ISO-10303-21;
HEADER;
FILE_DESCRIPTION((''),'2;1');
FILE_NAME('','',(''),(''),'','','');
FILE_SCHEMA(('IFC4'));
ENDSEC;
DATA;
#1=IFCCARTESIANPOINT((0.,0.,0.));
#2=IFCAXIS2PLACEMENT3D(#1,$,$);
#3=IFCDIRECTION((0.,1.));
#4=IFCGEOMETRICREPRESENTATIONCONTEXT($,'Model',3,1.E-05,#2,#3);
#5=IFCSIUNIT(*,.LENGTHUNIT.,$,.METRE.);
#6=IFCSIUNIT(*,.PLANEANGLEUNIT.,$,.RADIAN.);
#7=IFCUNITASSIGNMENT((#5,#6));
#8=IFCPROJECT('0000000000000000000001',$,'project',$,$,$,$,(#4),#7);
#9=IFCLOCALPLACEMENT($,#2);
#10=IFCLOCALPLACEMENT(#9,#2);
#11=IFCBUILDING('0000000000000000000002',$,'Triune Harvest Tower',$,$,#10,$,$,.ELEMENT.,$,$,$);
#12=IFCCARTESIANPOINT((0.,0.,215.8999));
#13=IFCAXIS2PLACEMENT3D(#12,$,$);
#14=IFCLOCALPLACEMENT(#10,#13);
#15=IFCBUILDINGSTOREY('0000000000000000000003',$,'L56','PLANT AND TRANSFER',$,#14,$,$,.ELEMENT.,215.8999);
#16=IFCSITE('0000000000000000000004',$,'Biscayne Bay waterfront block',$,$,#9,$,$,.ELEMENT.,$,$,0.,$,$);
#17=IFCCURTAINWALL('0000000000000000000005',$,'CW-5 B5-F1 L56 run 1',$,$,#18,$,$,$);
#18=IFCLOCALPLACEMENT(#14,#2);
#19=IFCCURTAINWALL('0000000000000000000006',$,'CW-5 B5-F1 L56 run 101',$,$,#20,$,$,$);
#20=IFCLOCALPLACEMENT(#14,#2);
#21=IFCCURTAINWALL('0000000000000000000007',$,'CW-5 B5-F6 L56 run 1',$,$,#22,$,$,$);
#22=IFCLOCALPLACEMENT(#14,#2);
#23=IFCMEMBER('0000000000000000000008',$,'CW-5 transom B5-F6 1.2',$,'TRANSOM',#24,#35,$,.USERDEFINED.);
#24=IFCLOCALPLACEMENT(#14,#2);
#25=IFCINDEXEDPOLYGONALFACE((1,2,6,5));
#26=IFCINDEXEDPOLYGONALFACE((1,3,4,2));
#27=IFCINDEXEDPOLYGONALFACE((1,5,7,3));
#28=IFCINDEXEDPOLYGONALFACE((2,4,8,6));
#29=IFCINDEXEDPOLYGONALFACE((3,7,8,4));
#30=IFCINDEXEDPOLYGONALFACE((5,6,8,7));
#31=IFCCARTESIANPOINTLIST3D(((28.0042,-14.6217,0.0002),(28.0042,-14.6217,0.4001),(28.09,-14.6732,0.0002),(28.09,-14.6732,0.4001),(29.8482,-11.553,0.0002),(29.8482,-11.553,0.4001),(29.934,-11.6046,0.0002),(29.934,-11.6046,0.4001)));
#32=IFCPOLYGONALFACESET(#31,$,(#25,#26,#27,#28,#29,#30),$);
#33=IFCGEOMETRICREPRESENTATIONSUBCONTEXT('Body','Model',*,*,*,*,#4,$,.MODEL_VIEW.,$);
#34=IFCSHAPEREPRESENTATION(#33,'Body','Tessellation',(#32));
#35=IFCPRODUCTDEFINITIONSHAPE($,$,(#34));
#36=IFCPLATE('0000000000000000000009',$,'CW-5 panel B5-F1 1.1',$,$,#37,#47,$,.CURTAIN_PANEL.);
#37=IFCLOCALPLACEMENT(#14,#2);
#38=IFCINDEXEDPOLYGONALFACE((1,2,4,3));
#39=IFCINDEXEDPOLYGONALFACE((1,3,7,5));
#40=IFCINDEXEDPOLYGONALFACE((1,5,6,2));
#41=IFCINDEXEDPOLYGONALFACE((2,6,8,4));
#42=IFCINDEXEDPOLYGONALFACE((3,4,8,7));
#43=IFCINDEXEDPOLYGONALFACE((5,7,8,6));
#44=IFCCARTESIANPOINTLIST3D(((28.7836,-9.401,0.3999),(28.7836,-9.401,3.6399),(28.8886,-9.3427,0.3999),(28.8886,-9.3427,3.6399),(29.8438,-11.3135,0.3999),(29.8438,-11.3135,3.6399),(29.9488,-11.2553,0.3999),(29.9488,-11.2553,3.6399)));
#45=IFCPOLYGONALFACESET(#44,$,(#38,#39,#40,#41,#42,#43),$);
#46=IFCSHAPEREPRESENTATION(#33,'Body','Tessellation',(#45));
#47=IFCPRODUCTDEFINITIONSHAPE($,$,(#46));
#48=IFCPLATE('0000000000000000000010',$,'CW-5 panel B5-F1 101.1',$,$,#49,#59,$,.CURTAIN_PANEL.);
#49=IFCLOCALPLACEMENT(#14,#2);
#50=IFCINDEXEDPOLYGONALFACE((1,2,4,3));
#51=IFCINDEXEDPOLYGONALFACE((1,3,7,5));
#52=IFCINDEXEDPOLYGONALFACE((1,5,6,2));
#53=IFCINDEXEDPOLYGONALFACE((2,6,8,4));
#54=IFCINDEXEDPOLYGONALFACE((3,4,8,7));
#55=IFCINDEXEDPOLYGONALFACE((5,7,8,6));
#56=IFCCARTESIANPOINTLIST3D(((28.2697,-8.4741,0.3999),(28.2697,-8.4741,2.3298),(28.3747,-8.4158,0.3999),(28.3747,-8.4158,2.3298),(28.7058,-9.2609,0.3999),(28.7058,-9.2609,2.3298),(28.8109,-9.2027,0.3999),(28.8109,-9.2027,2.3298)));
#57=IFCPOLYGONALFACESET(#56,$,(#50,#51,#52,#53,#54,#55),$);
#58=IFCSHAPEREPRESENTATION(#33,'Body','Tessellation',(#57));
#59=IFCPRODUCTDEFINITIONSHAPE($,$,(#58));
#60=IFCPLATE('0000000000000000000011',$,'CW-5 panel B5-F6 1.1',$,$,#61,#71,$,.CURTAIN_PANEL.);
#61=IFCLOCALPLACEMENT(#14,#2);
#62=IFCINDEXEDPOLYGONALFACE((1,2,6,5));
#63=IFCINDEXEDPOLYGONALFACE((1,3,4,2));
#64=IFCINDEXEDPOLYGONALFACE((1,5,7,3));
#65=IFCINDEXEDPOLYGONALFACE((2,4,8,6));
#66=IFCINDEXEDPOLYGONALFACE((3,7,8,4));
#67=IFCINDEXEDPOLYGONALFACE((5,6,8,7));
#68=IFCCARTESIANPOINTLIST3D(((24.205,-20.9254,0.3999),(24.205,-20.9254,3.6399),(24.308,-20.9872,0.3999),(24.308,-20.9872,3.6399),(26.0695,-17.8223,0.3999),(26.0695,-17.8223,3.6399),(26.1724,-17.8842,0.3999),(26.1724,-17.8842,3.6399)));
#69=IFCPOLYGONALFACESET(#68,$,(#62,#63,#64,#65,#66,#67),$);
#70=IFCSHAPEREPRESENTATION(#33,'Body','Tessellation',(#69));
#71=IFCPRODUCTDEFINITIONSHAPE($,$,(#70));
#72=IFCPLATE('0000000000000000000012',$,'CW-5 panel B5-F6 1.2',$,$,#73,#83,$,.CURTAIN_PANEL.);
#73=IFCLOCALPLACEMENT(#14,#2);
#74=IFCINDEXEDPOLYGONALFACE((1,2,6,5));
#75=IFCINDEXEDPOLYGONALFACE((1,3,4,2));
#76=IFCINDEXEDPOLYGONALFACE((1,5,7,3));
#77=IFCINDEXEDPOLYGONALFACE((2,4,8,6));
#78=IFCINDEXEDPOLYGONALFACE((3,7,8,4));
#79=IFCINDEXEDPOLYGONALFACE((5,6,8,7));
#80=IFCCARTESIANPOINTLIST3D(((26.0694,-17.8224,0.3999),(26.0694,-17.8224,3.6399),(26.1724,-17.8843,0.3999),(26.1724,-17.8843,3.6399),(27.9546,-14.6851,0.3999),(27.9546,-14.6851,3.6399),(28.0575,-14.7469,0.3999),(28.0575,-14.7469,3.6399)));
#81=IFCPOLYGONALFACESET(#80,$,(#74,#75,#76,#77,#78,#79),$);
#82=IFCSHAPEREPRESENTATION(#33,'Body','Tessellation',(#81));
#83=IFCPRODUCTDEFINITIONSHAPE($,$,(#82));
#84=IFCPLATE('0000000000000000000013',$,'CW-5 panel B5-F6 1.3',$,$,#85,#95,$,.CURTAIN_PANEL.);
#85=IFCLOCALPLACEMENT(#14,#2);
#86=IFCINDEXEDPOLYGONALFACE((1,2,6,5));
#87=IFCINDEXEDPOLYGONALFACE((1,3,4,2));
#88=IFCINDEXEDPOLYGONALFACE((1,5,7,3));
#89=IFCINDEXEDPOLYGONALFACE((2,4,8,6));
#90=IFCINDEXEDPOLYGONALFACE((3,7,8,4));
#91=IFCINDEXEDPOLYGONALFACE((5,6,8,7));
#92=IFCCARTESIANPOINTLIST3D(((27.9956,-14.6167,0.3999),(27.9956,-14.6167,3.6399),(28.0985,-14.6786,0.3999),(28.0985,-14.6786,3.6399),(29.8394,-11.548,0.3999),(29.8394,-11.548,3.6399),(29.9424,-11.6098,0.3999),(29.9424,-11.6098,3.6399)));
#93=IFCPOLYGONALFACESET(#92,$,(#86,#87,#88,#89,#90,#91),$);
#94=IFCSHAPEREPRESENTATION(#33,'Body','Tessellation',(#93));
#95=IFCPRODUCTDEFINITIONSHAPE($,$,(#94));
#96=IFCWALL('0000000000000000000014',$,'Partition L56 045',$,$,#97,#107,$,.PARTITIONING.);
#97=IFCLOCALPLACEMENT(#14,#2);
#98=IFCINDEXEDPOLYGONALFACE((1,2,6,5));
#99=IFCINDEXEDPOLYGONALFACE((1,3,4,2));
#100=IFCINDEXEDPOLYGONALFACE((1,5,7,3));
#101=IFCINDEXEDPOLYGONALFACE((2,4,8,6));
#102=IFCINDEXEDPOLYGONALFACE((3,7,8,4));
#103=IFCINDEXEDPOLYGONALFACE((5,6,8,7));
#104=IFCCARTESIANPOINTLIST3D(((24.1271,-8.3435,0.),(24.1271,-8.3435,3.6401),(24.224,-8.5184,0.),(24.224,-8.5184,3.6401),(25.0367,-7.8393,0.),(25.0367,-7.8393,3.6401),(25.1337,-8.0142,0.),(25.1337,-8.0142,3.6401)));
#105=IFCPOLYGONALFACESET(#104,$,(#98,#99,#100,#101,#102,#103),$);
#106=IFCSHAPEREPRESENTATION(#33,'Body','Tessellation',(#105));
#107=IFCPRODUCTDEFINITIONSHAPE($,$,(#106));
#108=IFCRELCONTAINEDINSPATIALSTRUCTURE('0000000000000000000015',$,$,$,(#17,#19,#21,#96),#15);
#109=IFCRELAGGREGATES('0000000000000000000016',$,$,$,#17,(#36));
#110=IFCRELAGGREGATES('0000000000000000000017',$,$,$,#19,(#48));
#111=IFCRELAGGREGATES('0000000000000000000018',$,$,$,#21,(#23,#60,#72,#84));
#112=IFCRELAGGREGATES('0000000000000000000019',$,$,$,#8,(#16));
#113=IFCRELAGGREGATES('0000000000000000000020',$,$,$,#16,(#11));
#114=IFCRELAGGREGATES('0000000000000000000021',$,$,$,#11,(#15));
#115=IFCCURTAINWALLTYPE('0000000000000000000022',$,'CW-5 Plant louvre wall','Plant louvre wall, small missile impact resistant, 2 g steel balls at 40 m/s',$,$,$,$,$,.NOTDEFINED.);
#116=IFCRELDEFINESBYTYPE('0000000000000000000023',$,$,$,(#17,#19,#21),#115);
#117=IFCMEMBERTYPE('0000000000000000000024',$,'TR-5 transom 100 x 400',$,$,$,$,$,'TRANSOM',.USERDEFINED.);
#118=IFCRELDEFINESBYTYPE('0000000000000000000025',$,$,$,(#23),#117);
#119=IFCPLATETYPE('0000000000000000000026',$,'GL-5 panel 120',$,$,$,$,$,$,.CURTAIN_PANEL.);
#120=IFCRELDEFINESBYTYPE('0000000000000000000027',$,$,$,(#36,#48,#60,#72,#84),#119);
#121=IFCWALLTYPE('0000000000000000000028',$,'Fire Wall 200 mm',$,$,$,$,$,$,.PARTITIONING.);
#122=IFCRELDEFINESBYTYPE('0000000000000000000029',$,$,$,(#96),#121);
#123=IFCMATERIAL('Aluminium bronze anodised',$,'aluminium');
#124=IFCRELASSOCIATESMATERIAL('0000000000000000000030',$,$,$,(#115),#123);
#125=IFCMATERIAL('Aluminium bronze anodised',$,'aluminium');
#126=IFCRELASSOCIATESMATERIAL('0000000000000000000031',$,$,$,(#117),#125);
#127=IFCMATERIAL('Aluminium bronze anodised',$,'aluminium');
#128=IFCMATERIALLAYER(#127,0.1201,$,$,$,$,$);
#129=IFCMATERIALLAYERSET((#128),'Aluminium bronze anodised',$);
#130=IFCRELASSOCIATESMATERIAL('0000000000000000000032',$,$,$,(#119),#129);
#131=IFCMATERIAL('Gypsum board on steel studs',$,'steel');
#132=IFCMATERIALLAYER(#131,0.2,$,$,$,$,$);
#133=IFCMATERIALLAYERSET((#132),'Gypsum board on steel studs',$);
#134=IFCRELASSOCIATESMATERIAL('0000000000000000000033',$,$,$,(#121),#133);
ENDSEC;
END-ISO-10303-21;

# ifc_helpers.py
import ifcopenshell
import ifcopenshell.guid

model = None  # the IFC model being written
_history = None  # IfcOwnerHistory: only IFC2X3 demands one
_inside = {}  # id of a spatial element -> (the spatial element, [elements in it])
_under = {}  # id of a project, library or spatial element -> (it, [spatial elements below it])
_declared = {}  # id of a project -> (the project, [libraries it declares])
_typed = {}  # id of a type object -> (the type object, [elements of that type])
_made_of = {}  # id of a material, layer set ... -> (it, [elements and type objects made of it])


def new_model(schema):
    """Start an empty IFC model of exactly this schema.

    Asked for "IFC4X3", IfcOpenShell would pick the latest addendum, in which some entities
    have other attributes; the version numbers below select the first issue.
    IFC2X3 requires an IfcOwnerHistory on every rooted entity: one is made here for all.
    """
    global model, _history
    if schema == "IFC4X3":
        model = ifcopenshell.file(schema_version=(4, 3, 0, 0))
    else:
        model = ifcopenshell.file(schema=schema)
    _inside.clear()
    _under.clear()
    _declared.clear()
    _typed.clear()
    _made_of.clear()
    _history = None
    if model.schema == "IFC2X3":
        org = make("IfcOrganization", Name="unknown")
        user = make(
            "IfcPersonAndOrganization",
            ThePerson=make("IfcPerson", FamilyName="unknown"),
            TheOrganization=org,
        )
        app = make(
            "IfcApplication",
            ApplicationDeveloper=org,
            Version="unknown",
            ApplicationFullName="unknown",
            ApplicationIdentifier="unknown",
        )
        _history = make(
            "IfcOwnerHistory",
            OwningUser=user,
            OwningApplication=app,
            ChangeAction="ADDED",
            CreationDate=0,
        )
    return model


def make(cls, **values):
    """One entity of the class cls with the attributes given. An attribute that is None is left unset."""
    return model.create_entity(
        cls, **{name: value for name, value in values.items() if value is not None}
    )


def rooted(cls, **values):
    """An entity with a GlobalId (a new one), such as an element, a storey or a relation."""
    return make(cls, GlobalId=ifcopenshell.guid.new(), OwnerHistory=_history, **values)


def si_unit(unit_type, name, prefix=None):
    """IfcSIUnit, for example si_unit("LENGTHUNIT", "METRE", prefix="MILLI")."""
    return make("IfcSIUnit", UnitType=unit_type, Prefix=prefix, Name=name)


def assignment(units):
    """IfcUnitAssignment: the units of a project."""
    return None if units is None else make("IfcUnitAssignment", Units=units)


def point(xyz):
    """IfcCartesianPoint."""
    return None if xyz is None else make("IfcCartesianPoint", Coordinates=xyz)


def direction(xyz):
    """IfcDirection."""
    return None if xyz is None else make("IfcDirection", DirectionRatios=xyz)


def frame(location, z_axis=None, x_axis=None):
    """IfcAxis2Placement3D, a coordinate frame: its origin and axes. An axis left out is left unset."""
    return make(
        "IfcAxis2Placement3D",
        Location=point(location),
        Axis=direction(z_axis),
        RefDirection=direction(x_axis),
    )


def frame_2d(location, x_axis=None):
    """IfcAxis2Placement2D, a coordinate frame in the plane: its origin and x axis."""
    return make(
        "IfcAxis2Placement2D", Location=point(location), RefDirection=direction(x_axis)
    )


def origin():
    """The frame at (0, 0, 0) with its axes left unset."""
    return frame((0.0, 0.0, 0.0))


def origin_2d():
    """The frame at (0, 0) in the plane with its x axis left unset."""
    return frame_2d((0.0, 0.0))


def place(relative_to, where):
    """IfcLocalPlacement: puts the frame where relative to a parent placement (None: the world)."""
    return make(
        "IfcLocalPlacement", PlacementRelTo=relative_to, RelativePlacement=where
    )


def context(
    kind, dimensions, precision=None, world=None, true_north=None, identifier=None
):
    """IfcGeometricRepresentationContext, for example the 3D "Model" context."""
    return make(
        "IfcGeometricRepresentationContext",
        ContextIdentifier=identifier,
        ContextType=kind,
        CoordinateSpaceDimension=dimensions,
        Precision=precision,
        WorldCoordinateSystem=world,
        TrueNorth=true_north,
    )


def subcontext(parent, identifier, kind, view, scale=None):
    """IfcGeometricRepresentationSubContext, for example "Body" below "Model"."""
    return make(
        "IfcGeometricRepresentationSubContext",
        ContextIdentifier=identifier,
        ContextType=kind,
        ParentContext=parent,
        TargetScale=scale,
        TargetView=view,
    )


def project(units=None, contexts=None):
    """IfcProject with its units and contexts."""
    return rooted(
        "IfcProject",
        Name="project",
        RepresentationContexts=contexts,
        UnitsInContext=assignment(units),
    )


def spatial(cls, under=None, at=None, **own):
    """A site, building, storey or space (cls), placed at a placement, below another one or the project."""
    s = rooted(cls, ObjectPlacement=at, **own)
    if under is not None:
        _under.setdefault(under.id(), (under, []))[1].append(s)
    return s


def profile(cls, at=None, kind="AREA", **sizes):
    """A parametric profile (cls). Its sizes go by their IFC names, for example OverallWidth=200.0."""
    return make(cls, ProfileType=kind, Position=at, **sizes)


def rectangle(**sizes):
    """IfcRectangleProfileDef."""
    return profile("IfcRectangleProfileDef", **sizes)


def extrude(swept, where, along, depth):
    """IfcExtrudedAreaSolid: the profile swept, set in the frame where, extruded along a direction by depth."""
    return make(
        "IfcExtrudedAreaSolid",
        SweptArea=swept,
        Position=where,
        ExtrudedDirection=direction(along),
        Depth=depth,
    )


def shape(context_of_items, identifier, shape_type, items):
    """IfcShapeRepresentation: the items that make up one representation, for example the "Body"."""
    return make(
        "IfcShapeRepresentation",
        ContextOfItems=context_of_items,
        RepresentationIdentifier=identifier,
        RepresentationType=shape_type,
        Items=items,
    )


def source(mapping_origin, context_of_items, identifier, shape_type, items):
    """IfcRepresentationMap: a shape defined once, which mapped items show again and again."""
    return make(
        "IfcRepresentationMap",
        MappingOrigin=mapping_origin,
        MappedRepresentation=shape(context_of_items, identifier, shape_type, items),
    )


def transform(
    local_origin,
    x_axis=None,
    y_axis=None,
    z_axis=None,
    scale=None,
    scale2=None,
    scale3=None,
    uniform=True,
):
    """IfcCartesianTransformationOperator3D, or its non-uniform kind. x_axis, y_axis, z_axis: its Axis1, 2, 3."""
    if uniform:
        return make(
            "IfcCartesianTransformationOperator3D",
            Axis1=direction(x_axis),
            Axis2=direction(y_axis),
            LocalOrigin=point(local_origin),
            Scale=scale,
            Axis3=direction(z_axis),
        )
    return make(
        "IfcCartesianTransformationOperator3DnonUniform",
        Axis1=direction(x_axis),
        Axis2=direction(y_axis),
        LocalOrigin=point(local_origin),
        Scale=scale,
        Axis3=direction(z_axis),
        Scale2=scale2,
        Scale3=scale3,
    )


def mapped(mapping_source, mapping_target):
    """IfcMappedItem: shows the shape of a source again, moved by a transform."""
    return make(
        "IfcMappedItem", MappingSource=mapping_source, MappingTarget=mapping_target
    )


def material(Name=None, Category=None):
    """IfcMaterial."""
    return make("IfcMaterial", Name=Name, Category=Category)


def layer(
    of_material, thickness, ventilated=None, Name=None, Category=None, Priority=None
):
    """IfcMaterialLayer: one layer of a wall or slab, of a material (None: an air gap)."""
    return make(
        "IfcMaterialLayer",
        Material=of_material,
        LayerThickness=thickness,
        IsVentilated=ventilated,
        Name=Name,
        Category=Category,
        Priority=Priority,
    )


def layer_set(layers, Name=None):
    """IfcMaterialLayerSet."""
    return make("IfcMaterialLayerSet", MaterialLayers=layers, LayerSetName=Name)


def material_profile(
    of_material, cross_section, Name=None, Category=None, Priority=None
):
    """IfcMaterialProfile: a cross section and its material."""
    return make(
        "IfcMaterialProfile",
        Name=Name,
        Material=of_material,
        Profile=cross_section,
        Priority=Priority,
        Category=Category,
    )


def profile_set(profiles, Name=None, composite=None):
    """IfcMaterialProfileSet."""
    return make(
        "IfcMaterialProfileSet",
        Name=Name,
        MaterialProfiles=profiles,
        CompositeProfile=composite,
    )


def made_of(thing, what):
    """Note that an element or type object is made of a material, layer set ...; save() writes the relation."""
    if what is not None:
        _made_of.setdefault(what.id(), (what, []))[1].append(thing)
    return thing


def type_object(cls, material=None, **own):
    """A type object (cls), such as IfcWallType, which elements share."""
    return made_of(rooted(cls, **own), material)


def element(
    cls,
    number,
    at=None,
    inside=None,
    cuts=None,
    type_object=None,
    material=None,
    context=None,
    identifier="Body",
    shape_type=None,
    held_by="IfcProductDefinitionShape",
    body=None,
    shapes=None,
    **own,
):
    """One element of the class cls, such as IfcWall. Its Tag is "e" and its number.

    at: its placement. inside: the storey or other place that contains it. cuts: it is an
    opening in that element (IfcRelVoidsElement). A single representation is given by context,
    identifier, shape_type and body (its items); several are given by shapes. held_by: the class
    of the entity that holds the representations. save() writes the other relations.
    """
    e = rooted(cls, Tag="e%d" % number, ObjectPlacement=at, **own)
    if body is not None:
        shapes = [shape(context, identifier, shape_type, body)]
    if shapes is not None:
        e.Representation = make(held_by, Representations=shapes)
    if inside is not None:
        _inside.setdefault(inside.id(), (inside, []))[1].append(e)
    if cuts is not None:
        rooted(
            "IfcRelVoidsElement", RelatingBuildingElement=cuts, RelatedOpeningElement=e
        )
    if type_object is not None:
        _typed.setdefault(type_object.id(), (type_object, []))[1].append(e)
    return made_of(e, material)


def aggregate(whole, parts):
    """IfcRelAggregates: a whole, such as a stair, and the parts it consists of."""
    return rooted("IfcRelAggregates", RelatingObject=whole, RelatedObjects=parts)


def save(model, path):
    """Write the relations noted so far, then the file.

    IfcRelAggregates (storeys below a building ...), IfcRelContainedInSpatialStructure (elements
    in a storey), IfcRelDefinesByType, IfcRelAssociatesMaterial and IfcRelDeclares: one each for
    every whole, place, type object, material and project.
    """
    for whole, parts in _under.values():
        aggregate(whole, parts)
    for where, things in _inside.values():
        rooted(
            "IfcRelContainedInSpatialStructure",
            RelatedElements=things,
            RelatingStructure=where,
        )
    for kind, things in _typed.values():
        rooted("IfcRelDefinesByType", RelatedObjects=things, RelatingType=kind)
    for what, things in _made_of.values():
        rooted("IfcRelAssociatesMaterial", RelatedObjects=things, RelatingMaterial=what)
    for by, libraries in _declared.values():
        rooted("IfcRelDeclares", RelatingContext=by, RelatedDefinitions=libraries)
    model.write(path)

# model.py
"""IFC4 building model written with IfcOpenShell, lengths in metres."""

from ifc_helpers import new_model, si_unit, direction, frame, frame_2d, origin, origin_2d, place, context, subcontext, project, spatial, rectangle, extrude, source, transform, mapped, material, layer, layer_set, material_profile, profile_set, type_object, element, aggregate, save


model = new_model("IFC4")

# Units and contexts
model_context = context("Model", 3, precision=1e-05, world=origin(), true_north=direction((0.0, 1.0)))
body_context = subcontext(model_context, "Body", "Model", "MODEL_VIEW")
ifc_project = project(units=[si_unit("LENGTHUNIT", "METRE"), si_unit("PLANEANGLEUNIT", "RADIAN")], contexts=[model_context])

# Site, building, storey
site_placement = place(None, origin())
site = spatial("IfcSite", under=ifc_project, at=site_placement, Name="Biscayne Bay waterfront block", CompositionType="ELEMENT", RefElevation=0.0)
building_placement = place(site_placement, origin())
building = spatial("IfcBuilding", under=site, at=building_placement, Name="Triune Harvest Tower", CompositionType="ELEMENT")
storey_placement = place(building_placement, frame((0.0, 0.0, 215.8999)))
storey = spatial("IfcBuildingStorey", under=building, at=storey_placement, Name="L56", Description="PLANT AND TRANSFER", CompositionType="ELEMENT", Elevation=215.8999)

# Curtain walls
ifc_material_1 = material(Name="Aluminium bronze anodised", Category="aluminium")
curtain_wall_type = type_object("IfcCurtainWallType", Name="CW-5 Plant louvre wall", Description="Plant louvre wall, small missile impact resistant, 2 g steel balls at 40 m/s", PredefinedType="NOTDEFINED", material=ifc_material_1)
curtain_wall_1_placement = place(storey_placement, origin())
curtain_wall_1 = element("IfcCurtainWall", 1, at=curtain_wall_1_placement, inside=storey, type_object=curtain_wall_type, Name="CW-5 B5-F1 L56 run 1")
ifc_material_2 = material(Name="Aluminium bronze anodised", Category="aluminium")
ifc_material_profile_1 = material_profile(ifc_material_2, rectangle(XDim=0.1001, YDim=0.3999, at=origin_2d()), Name="TR-5 transom 100 x 400")
ifc_profile_set_1 = profile_set([ifc_material_profile_1], Name="Aluminium bronze anodised")
member_type_1 = type_object("IfcMemberType", Name="TR-5 transom 100 x 400", ElementType="TRANSOM", PredefinedType="USERDEFINED", material=ifc_profile_set_1)
curtain_wall_2_placement = place(storey_placement, origin())
curtain_wall_2 = element("IfcCurtainWall", 2, at=curtain_wall_2_placement, inside=storey, type_object=curtain_wall_type, Name="CW-5 B5-F1 L56 run 101")
curtain_wall_3_placement = place(storey_placement, origin())
curtain_wall_3 = element("IfcCurtainWall", 3, at=curtain_wall_3_placement, inside=storey, type_object=curtain_wall_type, Name="CW-5 B5-F6 L56 run 1")

# Member
shared_shape_1 = source(origin(), body_context, "Body", "SweptSolid", [
    extrude(rectangle(XDim=0.1001, YDim=0.3999, at=origin_2d()), origin(), (0.0, 0.0, 1.0), 3.5801),
])
member_1_placement = place(storey_placement, frame((28.0471, -14.6475, 0.2002), z_axis=(0.515077, 0.857144, 0.0), x_axis=(-0.857144, 0.515077, 0.0)))
member_1 = element("IfcMember", 4, at=member_1_placement, type_object=member_type_1, Name="CW-5 transom B5-F6 1.2", ObjectType="TRANSOM", PredefinedType="USERDEFINED", context=body_context, shape_type="MappedRepresentation", body=[
    mapped(shared_shape_1, transform((0.0, 0.0, 0.0), scale=1.0)),
])

# Plates
ifc_material_3 = material(Name="Aluminium bronze anodised", Category="aluminium")
ifc_layer_1 = layer(ifc_material_3, 0.1201)
ifc_layer_set_1 = layer_set([ifc_layer_1], Name="Aluminium bronze anodised")
plate_type = type_object("IfcPlateType", Name="GL-5 panel 120", PredefinedType="CURTAIN_PANEL", material=ifc_layer_set_1)
plate_1_placement = place(storey_placement, frame((29.3662, -10.3281, 0.3999), z_axis=(0.0, 0.0, 1.0), x_axis=(-0.484818, 0.874615, 0.0)))
plate_1 = element("IfcPlate", 5, at=plate_1_placement, type_object=plate_type, Name="CW-5 panel B5-F1 1.1", PredefinedType="CURTAIN_PANEL", context=body_context, shape_type="SweptSolid", body=[
    extrude(rectangle(XDim=2.1868, YDim=0.1201, at=origin_2d()), origin(), (0.0, 0.0, 1.0), 3.24),
])
aggregate(curtain_wall_1, [plate_1])
plate_2_placement = place(storey_placement, frame((28.5403, -8.8384, 0.3999), z_axis=(0.0, 0.0, 1.0), x_axis=(-0.484818, 0.874615, 0.0)))
plate_2 = element("IfcPlate", 6, at=plate_2_placement, type_object=plate_type, Name="CW-5 panel B5-F1 101.1", PredefinedType="CURTAIN_PANEL", context=body_context, shape_type="SweptSolid", body=[
    extrude(rectangle(XDim=0.8997, YDim=0.1201, at=origin_2d()), origin(), (0.0, 0.0, 1.0), 1.9299),
])
aggregate(curtain_wall_2, [plate_2])
shared_shape_2 = source(origin(), body_context, "Body", "SweptSolid", [
    extrude(rectangle(XDim=3.6201, YDim=0.1201, at=origin_2d()), origin(), (0.0, 0.0, 1.0), 3.24),
])
plate_3_placement = place(storey_placement, frame((25.1887, -19.4048, 0.3999), z_axis=(0.0, 0.0, 1.0), x_axis=(0.515037, 0.857168, 0.0)))
plate_3 = element("IfcPlate", 7, at=plate_3_placement, type_object=plate_type, Name="CW-5 panel B5-F6 1.1", PredefinedType="CURTAIN_PANEL", context=body_context, shape_type="MappedRepresentation", body=[
    mapped(shared_shape_2, transform((0.0, 0.0, 0.0), scale=1.0)),
])
shared_shape_3 = source(origin(), body_context, "Body", "SweptSolid", [
    extrude(rectangle(XDim=3.6602, YDim=0.1201, at=origin_2d()), origin(), (0.0, 0.0, 1.0), 3.24),
])
plate_4_placement = place(storey_placement, frame((27.0635, -16.2847, 0.3999), z_axis=(0.0, 0.0, 1.0), x_axis=(0.515037, 0.857168, 0.0)))
plate_4 = element("IfcPlate", 8, at=plate_4_placement, type_object=plate_type, Name="CW-5 panel B5-F6 1.2", PredefinedType="CURTAIN_PANEL", context=body_context, shape_type="MappedRepresentation", body=[
    mapped(shared_shape_3, transform((0.0, 0.0, 0.0), scale=1.0)),
])
shared_shape_4 = source(origin(), body_context, "Body", "SweptSolid", [
    extrude(rectangle(XDim=3.5801, YDim=0.1201, at=origin_2d()), origin(), (0.0, 0.0, 1.0), 3.24),
])
plate_5_placement = place(storey_placement, frame((28.969, -13.1133, 0.3999), z_axis=(0.0, 0.0, 1.0), x_axis=(0.515037, 0.857168, 0.0)))
plate_5 = element("IfcPlate", 9, at=plate_5_placement, type_object=plate_type, Name="CW-5 panel B5-F6 1.3", PredefinedType="CURTAIN_PANEL", context=body_context, shape_type="MappedRepresentation", body=[
    mapped(shared_shape_4, transform((0.0, 0.0, 0.0), scale=1.0)),
])
aggregate(curtain_wall_3, [member_1, plate_3, plate_4, plate_5])

# Wall
ifc_material_4 = material(Name="Gypsum board on steel studs", Category="steel")
ifc_layer_2 = layer(ifc_material_4, 0.2)
ifc_layer_set_2 = layer_set([ifc_layer_2], Name="Gypsum board on steel studs")
wall_type = type_object("IfcWallType", Name="Fire Wall 200 mm", PredefinedType="PARTITIONING", material=ifc_layer_set_2)
shared_shape_5 = source(origin(), body_context, "Body", "SweptSolid", [
    extrude(rectangle(XDim=1.04, YDim=0.2, at=frame_2d((0.52, 0.0))), origin(), (0.0, 0.0, 1.0), 3.6401),
])
wall_placement = place(storey_placement, frame((24.1755, -8.4309, 0.0), z_axis=(0.0, 0.0, 1.0), x_axis=(0.874655, 0.484746, 0.0)))
element("IfcWall", 10, at=wall_placement, inside=storey, type_object=wall_type, Name="Partition L56 045", PredefinedType="PARTITIONING", context=body_context, shape_type="MappedRepresentation", body=[
    mapped(shared_shape_5, transform((0.0, 0.0, 0.0), scale=1.0)),
])

save(model, "model.ifc")
